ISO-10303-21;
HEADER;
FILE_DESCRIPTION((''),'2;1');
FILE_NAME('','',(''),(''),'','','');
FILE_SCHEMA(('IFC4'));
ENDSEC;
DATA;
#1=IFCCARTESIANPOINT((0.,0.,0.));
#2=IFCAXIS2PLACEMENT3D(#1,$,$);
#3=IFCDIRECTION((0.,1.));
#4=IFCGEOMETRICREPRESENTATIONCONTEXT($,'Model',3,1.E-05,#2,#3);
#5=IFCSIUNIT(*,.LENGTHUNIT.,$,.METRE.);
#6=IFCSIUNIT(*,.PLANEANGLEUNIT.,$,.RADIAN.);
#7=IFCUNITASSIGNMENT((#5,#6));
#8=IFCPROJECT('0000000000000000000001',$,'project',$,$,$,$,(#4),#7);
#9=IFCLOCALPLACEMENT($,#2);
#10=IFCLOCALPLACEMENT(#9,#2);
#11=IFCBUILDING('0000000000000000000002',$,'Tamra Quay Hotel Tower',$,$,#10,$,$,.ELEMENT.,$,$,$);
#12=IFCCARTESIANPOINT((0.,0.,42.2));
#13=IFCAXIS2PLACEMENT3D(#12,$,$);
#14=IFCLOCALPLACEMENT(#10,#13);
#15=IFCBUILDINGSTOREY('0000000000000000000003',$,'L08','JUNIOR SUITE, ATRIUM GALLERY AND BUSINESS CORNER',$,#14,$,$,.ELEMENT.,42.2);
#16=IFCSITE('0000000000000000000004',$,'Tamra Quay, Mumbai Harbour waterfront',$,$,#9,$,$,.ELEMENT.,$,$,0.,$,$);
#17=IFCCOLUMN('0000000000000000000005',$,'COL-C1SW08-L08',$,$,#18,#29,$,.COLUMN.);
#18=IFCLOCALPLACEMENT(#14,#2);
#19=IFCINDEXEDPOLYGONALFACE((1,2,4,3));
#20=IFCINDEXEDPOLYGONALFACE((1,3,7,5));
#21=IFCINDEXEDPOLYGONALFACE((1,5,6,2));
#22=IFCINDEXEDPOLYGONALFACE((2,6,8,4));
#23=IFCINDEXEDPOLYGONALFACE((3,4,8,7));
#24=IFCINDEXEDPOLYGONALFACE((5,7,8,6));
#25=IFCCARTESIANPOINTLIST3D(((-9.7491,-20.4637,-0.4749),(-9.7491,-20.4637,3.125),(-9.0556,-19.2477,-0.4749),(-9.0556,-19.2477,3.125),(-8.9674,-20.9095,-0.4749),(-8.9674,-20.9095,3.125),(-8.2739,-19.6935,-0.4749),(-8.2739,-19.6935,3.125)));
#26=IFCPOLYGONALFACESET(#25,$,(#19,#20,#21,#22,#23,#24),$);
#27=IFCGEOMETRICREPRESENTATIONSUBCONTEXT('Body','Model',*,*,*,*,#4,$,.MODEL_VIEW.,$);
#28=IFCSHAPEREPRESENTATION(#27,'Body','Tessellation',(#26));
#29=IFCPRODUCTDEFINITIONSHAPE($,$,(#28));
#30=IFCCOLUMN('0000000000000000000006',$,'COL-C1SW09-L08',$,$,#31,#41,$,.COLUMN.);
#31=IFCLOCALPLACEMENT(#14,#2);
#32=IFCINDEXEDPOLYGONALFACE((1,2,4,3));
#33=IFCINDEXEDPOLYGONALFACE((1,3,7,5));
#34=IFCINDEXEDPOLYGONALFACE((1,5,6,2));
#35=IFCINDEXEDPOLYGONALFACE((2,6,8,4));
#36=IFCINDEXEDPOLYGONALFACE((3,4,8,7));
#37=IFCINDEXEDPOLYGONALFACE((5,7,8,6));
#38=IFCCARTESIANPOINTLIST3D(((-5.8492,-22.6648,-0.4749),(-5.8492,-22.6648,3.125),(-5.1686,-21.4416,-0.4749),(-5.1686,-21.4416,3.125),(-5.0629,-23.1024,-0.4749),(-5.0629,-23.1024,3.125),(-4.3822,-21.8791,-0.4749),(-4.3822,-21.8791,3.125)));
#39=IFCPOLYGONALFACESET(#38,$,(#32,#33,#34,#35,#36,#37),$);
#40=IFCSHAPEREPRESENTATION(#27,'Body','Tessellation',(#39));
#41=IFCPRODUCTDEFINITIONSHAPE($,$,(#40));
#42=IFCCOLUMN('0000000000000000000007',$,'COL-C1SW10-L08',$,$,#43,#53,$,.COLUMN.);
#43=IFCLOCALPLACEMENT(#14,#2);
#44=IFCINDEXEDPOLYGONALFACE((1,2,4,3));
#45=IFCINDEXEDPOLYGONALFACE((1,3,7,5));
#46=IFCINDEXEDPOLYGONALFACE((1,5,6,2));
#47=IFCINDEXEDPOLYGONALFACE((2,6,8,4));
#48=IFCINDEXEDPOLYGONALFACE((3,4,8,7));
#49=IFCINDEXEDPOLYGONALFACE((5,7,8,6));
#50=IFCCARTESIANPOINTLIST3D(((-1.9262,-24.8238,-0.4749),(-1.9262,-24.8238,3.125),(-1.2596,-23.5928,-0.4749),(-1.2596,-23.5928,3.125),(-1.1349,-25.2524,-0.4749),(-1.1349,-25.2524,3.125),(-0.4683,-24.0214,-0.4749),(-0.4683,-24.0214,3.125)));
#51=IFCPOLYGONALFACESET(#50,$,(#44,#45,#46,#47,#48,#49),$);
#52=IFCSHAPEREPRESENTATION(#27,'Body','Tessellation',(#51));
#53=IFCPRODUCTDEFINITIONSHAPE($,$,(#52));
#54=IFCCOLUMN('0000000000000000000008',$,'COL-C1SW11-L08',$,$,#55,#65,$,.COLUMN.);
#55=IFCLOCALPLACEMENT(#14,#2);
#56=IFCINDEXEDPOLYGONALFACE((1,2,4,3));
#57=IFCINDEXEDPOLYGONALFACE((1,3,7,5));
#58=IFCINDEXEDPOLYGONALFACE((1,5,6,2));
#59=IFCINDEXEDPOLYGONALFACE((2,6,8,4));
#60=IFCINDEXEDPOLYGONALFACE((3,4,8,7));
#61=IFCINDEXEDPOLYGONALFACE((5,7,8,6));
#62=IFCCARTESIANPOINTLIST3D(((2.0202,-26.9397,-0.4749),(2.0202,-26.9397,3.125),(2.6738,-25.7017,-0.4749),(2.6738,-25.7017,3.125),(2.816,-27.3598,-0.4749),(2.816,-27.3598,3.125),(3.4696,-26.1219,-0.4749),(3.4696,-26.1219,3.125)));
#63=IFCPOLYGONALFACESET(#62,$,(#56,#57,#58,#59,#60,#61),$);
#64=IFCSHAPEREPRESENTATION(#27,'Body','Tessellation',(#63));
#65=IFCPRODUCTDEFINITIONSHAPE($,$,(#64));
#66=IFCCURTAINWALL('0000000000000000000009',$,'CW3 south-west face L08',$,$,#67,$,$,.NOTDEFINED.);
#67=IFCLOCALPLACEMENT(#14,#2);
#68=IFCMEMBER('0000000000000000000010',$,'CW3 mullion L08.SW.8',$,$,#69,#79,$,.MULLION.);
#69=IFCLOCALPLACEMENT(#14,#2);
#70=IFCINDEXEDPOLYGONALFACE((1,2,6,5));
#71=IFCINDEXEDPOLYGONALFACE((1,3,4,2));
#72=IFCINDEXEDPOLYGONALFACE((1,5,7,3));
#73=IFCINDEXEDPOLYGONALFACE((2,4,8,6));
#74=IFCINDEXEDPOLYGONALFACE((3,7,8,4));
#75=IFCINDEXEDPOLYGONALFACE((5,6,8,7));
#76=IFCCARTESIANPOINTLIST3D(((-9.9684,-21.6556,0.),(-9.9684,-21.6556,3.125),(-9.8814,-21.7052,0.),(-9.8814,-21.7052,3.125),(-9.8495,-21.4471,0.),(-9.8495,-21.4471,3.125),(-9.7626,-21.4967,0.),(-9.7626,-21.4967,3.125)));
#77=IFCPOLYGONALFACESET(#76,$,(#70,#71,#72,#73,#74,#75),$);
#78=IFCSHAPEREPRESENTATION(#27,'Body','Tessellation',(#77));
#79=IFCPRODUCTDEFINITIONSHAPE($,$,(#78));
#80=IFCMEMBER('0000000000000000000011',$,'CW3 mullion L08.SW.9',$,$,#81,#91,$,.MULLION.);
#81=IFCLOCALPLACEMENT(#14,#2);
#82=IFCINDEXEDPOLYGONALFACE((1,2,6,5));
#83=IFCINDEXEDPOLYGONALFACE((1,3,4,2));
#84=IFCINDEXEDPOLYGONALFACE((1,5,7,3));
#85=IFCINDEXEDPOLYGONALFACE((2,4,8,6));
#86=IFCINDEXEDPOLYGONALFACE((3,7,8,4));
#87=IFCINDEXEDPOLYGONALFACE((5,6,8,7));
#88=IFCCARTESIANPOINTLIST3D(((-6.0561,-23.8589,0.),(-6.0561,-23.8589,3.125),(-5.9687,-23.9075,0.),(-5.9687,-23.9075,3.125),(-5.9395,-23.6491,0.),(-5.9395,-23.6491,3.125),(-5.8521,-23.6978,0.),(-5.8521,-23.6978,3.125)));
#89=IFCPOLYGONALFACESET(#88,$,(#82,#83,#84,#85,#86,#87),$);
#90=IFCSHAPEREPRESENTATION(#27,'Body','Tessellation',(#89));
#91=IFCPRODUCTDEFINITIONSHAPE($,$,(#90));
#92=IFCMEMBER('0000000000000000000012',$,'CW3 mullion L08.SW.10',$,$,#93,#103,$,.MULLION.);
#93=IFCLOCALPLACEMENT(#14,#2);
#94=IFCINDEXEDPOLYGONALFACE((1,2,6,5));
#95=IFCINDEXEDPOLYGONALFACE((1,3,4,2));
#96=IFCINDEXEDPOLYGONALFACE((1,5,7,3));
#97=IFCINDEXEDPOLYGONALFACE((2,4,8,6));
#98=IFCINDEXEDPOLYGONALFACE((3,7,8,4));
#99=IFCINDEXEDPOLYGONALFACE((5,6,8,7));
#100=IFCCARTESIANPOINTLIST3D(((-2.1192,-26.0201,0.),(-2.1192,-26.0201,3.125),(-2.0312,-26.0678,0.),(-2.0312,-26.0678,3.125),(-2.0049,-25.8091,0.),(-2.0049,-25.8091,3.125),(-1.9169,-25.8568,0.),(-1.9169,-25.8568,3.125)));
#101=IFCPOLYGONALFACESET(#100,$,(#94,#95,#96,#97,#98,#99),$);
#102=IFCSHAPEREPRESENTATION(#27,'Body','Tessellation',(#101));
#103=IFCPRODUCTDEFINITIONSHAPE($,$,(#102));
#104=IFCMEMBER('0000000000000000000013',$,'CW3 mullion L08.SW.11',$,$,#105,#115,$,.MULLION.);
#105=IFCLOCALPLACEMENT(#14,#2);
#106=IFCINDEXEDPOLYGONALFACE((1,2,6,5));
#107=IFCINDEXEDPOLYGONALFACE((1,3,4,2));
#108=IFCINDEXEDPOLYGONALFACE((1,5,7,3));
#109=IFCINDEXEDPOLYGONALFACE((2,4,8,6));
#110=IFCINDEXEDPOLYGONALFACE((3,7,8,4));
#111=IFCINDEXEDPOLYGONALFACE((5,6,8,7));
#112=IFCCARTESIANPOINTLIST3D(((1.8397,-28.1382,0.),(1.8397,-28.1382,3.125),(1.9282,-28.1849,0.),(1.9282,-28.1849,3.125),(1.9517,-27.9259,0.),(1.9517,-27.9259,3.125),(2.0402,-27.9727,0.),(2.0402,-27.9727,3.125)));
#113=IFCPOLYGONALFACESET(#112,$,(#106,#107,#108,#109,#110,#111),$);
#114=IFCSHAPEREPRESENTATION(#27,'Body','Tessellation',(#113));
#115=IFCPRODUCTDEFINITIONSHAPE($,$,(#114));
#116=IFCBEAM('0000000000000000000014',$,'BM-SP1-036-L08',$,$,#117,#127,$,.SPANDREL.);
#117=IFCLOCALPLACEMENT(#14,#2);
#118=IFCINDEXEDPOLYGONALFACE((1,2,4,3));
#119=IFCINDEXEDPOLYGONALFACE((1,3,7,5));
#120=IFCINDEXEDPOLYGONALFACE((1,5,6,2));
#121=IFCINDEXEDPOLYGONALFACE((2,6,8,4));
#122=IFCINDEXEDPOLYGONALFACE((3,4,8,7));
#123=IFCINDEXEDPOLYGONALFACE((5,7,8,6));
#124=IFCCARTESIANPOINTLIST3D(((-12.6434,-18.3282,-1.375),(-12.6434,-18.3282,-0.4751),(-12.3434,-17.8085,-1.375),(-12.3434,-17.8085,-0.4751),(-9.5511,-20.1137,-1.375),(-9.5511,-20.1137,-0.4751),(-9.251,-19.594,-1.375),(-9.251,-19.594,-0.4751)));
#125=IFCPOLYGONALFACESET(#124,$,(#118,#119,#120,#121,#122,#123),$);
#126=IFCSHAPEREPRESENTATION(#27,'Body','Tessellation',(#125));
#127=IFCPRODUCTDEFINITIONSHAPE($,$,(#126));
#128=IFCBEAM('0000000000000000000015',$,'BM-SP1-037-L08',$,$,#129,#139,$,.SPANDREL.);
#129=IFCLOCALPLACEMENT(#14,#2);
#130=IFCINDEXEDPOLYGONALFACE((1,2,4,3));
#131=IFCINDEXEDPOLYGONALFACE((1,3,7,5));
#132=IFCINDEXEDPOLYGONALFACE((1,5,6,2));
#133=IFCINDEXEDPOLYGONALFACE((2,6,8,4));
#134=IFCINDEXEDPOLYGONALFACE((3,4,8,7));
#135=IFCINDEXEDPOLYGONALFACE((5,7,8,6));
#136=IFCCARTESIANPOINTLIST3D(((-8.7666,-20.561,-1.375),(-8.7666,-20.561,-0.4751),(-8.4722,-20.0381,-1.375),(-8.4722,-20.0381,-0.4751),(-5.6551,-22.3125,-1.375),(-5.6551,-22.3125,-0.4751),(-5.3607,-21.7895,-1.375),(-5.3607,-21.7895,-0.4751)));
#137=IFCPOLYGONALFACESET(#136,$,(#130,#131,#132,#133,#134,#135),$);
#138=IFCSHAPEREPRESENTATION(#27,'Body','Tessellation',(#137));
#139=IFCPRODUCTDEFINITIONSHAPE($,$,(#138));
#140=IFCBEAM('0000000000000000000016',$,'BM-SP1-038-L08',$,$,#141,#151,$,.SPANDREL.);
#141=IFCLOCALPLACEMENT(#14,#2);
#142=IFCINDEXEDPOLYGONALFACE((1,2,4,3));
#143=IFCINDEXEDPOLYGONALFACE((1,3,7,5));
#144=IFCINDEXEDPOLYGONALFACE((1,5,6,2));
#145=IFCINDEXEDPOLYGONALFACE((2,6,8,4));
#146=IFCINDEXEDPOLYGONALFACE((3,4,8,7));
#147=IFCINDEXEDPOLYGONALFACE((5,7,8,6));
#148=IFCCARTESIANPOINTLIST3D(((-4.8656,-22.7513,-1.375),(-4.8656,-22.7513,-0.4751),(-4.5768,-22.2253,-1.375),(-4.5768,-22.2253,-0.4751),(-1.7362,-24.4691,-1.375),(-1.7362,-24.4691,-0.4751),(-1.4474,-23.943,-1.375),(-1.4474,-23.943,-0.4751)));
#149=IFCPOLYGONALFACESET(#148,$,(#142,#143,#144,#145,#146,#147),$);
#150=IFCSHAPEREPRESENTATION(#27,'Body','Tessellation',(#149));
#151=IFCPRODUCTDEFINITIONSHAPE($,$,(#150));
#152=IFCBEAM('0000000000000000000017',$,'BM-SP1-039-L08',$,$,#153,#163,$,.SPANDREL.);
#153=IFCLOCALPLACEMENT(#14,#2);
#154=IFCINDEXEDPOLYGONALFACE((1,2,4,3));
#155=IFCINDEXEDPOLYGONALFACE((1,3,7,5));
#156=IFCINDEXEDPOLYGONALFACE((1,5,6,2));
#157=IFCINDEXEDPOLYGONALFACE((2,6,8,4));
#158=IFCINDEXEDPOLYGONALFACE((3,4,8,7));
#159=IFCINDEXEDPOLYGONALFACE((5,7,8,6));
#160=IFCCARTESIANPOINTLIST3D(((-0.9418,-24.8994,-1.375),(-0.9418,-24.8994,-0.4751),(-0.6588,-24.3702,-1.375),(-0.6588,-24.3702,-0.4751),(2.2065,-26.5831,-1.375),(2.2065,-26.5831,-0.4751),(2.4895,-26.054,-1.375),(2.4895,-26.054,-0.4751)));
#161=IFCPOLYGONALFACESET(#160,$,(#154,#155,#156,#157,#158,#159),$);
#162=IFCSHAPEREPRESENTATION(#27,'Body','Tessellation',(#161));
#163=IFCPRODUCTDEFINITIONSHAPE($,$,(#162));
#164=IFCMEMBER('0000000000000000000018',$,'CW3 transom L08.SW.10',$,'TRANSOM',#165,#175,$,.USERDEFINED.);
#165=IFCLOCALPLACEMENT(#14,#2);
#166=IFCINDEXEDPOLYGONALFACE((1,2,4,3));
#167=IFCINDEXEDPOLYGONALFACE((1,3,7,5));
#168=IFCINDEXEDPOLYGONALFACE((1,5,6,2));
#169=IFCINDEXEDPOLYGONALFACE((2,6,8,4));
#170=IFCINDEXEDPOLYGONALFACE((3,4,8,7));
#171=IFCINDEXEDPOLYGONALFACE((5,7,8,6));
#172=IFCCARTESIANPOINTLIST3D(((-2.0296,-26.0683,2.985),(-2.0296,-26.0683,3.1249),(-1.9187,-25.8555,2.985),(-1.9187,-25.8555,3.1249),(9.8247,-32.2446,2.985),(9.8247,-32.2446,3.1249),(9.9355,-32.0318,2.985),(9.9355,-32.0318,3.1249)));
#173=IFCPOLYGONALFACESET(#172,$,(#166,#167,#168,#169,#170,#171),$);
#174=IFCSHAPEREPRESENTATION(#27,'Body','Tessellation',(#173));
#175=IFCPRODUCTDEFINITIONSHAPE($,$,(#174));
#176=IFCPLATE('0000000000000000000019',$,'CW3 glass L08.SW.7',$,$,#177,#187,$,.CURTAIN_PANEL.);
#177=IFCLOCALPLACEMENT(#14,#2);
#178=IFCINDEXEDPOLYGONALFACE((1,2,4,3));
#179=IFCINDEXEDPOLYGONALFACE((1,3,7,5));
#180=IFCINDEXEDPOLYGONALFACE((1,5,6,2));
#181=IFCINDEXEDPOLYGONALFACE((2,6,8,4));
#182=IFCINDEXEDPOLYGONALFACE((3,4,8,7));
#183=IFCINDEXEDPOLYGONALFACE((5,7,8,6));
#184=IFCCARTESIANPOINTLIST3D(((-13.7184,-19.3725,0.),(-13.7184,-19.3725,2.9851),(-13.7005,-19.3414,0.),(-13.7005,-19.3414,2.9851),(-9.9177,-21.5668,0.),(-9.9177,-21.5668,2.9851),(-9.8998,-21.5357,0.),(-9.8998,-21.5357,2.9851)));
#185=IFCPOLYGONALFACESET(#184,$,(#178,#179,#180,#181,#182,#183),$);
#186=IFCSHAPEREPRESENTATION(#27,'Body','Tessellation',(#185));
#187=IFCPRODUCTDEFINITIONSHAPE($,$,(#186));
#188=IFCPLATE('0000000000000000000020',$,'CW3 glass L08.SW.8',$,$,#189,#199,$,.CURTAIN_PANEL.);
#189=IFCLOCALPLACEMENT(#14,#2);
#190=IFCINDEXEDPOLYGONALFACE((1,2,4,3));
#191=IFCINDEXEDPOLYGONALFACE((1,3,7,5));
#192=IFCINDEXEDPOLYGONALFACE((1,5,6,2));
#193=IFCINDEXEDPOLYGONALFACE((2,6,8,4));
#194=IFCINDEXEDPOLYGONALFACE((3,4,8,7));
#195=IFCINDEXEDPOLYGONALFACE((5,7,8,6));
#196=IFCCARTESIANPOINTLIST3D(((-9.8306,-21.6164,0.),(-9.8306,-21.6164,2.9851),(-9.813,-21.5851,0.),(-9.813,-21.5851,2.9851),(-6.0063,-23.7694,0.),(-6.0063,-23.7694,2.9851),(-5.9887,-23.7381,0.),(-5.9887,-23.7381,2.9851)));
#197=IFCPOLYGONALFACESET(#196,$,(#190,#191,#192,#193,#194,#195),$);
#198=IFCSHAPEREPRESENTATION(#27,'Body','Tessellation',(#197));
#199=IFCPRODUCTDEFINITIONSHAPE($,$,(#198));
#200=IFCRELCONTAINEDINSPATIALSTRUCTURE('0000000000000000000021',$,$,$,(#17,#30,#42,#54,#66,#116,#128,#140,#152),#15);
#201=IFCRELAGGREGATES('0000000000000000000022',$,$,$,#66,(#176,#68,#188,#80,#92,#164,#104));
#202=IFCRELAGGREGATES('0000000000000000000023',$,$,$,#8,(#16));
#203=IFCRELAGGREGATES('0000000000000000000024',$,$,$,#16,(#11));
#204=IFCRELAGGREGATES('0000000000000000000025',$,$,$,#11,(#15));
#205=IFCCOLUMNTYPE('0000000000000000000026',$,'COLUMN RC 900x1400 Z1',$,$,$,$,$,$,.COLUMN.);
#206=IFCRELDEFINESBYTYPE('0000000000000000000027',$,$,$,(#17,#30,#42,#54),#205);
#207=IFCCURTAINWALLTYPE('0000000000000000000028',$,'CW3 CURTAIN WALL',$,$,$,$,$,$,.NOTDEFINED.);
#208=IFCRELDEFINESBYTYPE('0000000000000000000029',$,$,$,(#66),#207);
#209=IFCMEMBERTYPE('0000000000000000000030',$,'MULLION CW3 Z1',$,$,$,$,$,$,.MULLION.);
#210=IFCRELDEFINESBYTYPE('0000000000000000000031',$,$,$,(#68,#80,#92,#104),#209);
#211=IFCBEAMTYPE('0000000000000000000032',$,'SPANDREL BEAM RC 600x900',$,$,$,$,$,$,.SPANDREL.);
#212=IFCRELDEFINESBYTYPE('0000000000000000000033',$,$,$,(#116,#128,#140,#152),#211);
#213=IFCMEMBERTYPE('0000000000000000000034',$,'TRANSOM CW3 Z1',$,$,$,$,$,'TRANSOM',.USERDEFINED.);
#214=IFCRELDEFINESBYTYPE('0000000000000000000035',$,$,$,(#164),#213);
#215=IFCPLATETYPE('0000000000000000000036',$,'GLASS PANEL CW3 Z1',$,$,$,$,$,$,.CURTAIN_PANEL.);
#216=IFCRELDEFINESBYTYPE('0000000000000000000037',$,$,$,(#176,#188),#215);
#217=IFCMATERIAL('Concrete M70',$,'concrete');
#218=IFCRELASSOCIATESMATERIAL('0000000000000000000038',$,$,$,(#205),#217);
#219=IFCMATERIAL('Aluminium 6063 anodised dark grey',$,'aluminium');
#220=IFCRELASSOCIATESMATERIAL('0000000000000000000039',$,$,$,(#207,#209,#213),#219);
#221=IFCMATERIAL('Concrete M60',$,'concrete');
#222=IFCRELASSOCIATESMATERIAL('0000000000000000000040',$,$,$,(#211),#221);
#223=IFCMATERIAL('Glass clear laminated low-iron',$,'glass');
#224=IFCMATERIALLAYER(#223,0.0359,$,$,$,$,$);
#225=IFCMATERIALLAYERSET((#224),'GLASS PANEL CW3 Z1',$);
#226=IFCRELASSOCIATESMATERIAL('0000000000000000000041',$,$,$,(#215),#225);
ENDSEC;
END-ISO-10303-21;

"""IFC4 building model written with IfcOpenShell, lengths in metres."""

from ifc_helpers import new_model, si_unit, direction, frame, origin, origin_2d, place, context, subcontext, project, spatial, rectangle, extrude, material, layer, layer_set, material_profile, profile_set, type_object, element, aggregate, save


model = new_model("IFC4")

# Units and contexts
model_context = context("Model", 3, precision=1e-05, world=origin(), true_north=direction((0.0, 1.0)))
body_context = subcontext(model_context, "Body", "Model", "MODEL_VIEW")
ifc_project = project(units=[si_unit("LENGTHUNIT", "METRE"), si_unit("PLANEANGLEUNIT", "RADIAN")], contexts=[model_context])

# Site, building, storey
site_placement = place(None, origin())
site = spatial("IfcSite", under=ifc_project, at=site_placement, Name="Tamra Quay, Mumbai Harbour waterfront", CompositionType="ELEMENT", RefElevation=0.0)
building_placement = place(site_placement, origin())
building = spatial("IfcBuilding", under=site, at=building_placement, Name="Tamra Quay Hotel Tower", CompositionType="ELEMENT")
storey_placement = place(building_placement, frame((0.0, 0.0, 42.2)))
storey = spatial("IfcBuildingStorey", under=building, at=storey_placement, Name="L08", Description="JUNIOR SUITE, ATRIUM GALLERY AND BUSINESS CORNER", CompositionType="ELEMENT", Elevation=42.2)

# Columns
ifc_material_1 = material(Name="Concrete M70", Category="concrete")
ifc_material_profile_1 = material_profile(ifc_material_1, rectangle(XDim=1.3999, YDim=0.8999, at=origin_2d()), Name="COLUMN RC 900x1400 Z1")
ifc_profile_set_1 = profile_set([ifc_material_profile_1], Name="Concrete M70")
column_type = type_object("IfcColumnType", Name="COLUMN RC 900x1400 Z1", PredefinedType="COLUMN", material=ifc_profile_set_1)
for number, where, z_axis, x_axis, name in (
    (1, (-9.0115, -20.0786, -0.4749), (0.0, 0.0, 1.0), (0.495421, 0.868653, 0.0), "COL-C1SW08-L08"),
    (2, (-5.1157, -22.272, -0.4749), (0.0, 0.0, 1.0), (0.486221, 0.873836, 0.0), "COL-C1SW09-L08"),
    (3, (-1.1973, -24.4226, -0.4749), (0.0, 0.0, 1.0), (0.476198, 0.879338, 0.0), "COL-C1SW10-L08"),
    (4, (2.7449, -26.5308, -0.4749), (0.0, 0.0, 1.0), (0.466896, 0.884312, 0.0), "COL-C1SW11-L08"),
):
    element("IfcColumn", number, at=place(storey_placement, frame(where, z_axis=z_axis, x_axis=x_axis)), inside=storey, type_object=column_type, Name=name, PredefinedType="COLUMN", context=body_context, shape_type="SweptSolid", body=[
        extrude(rectangle(XDim=1.3999, YDim=0.8999, at=origin_2d()), origin(), (0.0, 0.0, 1.0), 3.5999),
    ])

# Curtain wall, members
ifc_material_2 = material(Name="Aluminium 6063 anodised dark grey", Category="aluminium")
curtain_wall_type = type_object("IfcCurtainWallType", Name="CW3 CURTAIN WALL", PredefinedType="NOTDEFINED", material=ifc_material_2)
curtain_wall_placement = place(storey_placement, origin())
curtain_wall = element("IfcCurtainWall", 5, at=curtain_wall_placement, inside=storey, type_object=curtain_wall_type, Name="CW3 south-west face L08", PredefinedType="NOTDEFINED")
ifc_material_profile_2 = material_profile(ifc_material_2, rectangle(XDim=0.24, YDim=0.1001, at=origin_2d()), Name="MULLION 100X240")
ifc_profile_set_2 = profile_set([ifc_material_profile_2], Name="Aluminium 6063 anodised dark grey")
member_type_1 = type_object("IfcMemberType", Name="MULLION CW3 Z1", PredefinedType="MULLION", material=ifc_profile_set_2)
member_1_placement = place(storey_placement, frame((-9.8655, -21.5762, 0.0), z_axis=(0.0, 0.0, 1.0), x_axis=(-0.4953, -0.868722, 0.0)))
member_1 = element("IfcMember", 6, at=member_1_placement, type_object=member_type_1, Name="CW3 mullion L08.SW.8", PredefinedType="MULLION", context=body_context, shape_type="SweptSolid", body=[
    extrude(rectangle(XDim=0.24, YDim=0.1001, at=origin_2d()), origin(), (0.0, 0.0, 1.0), 3.125),
])
member_2_placement = place(storey_placement, frame((-5.9541, -23.7783, 0.0), z_axis=(0.0, 0.0, 1.0), x_axis=(-0.485863, -0.874035, 0.0)))
member_2 = element("IfcMember", 7, at=member_2_placement, type_object=member_type_1, Name="CW3 mullion L08.SW.9", PredefinedType="MULLION", context=body_context, shape_type="SweptSolid", body=[
    extrude(rectangle(XDim=0.24, YDim=0.1001, at=origin_2d()), origin(), (0.0, 0.0, 1.0), 3.125),
])
member_3_placement = place(storey_placement, frame((-2.0181, -25.9385, 0.0), z_axis=(0.0, 0.0, 1.0), x_axis=(-0.476376, -0.879241, 0.0)))
member_3 = element("IfcMember", 8, at=member_3_placement, type_object=member_type_1, Name="CW3 mullion L08.SW.10", PredefinedType="MULLION", context=body_context, shape_type="SweptSolid", body=[
    extrude(rectangle(XDim=0.24, YDim=0.1001, at=origin_2d()), origin(), (0.0, 0.0, 1.0), 3.125),
])
member_4_placement = place(storey_placement, frame((1.9399, -28.0554, 0.0), z_axis=(0.0, 0.0, 1.0), x_axis=(-0.466835, -0.884344, 0.0)))
member_4 = element("IfcMember", 9, at=member_4_placement, type_object=member_type_1, Name="CW3 mullion L08.SW.11", PredefinedType="MULLION", context=body_context, shape_type="SweptSolid", body=[
    extrude(rectangle(XDim=0.24, YDim=0.1001, at=origin_2d()), origin(), (0.0, 0.0, 1.0), 3.125),
])

# Beams
ifc_material_3 = material(Name="Concrete M60", Category="concrete")
ifc_material_profile_3 = material_profile(ifc_material_3, rectangle(XDim=0.6001, YDim=0.8999, at=origin_2d()), Name="SPANDREL BEAM RC 600x900")
ifc_profile_set_3 = profile_set([ifc_material_profile_3], Name="Concrete M60")
beam_type = type_object("IfcBeamType", Name="SPANDREL BEAM RC 600x900", PredefinedType="SPANDREL", material=ifc_profile_set_3)
beam_1_placement = place(storey_placement, frame((-12.4934, -18.0684, -0.925), z_axis=(0.866017, -0.500014, 0.0), x_axis=(0.500014, 0.866017, 0.0)))
element("IfcBeam", 10, at=beam_1_placement, inside=storey, type_object=beam_type, Name="BM-SP1-036-L08", PredefinedType="SPANDREL", context=body_context, shape_type="SweptSolid", body=[
    extrude(rectangle(XDim=0.6001, YDim=0.8999, at=origin_2d()), origin(), (0.0, 0.0, 1.0), 3.5708),
])
beam_2_placement = place(storey_placement, frame((-8.6194, -20.2996, -0.925), z_axis=(0.871431, -0.490518, 0.0), x_axis=(0.490518, 0.871431, 0.0)))
element("IfcBeam", 11, at=beam_2_placement, inside=storey, type_object=beam_type, Name="BM-SP1-037-L08", PredefinedType="SPANDREL", context=body_context, shape_type="SweptSolid", body=[
    extrude(rectangle(XDim=0.6001, YDim=0.8999, at=origin_2d()), origin(), (0.0, 0.0, 1.0), 3.5706),
])
beam_3_placement = place(storey_placement, frame((-4.7212, -22.4883, -0.925), z_axis=(0.876617, -0.481189, 0.0), x_axis=(0.481189, 0.876617, 0.0)))
element("IfcBeam", 12, at=beam_3_placement, inside=storey, type_object=beam_type, Name="BM-SP1-038-L08", PredefinedType="SPANDREL", context=body_context, shape_type="SweptSolid", body=[
    extrude(rectangle(XDim=0.6001, YDim=0.8999, at=origin_2d()), origin(), (0.0, 0.0, 1.0), 3.5698),
])
beam_4_placement = place(storey_placement, frame((-0.8003, -24.6348, -0.925), z_axis=(0.881809, -0.471607, 0.0), x_axis=(0.471607, 0.881809, 0.0)))
element("IfcBeam", 13, at=beam_4_placement, inside=storey, type_object=beam_type, Name="BM-SP1-039-L08", PredefinedType="SPANDREL", context=body_context, shape_type="SweptSolid", body=[
    extrude(rectangle(XDim=0.6001, YDim=0.8999, at=origin_2d()), origin(), (0.0, 0.0, 1.0), 3.5703),
])

# Member
ifc_material_profile_4 = material_profile(ifc_material_2, rectangle(XDim=0.24, YDim=0.1399, at=origin_2d()), Name="TRANSOM 240X140")
ifc_profile_set_4 = profile_set([ifc_material_profile_4], Name="Aluminium 6063 anodised dark grey")
member_type_2 = type_object("IfcMemberType", Name="TRANSOM CW3 Z1", ElementType="TRANSOM", PredefinedType="USERDEFINED", material=ifc_profile_set_4)
member_5_placement = place(storey_placement, frame((-1.9741, -25.9619, 3.0549), z_axis=(0.886847, -0.462063, 0.0), x_axis=(0.462063, 0.886847, 0.0)))
member_5 = element("IfcMember", 14, at=member_5_placement, type_object=member_type_2, Name="CW3 transom L08.SW.10", ObjectType="TRANSOM", PredefinedType="USERDEFINED", context=body_context, shape_type="SweptSolid", body=[
    extrude(rectangle(XDim=0.24, YDim=0.1399, at=origin_2d()), origin(), (0.0, 0.0, 1.0), 13.3667),
])

# Plates
ifc_material_4 = material(Name="Glass clear laminated low-iron", Category="glass")
ifc_layer_1 = layer(ifc_material_4, 0.0359)
ifc_layer_set_1 = layer_set([ifc_layer_1], Name="GLASS PANEL CW3 Z1")
plate_type = type_object("IfcPlateType", Name="GLASS PANEL CW3 Z1", PredefinedType="CURTAIN_PANEL", material=ifc_layer_set_1)
plate_1_placement = place(storey_placement, frame((-11.8091, -20.4541, 0.0), z_axis=(0.0, 0.0, 1.0), x_axis=(0.866025, -0.5, 0.0)))
plate_1 = element("IfcPlate", 15, at=plate_1_placement, type_object=plate_type, Name="CW3 glass L08.SW.7", PredefinedType="CURTAIN_PANEL", context=body_context, shape_type="SweptSolid", body=[
    extrude(rectangle(XDim=4.3887, YDim=0.0359, at=origin_2d()), origin(), (0.0, 0.0, 1.0), 2.9851),
])
plate_2_placement = place(storey_placement, frame((-7.9097, -22.6772, 0.0), z_axis=(0.0, 0.0, 1.0), x_axis=(0.871393, -0.490586, 0.0)))
plate_2 = element("IfcPlate", 16, at=plate_2_placement, type_object=plate_type, Name="CW3 glass L08.SW.8", PredefinedType="CURTAIN_PANEL", context=body_context, shape_type="SweptSolid", body=[
    extrude(rectangle(XDim=4.3887, YDim=0.0359, at=origin_2d()), origin(), (0.0, 0.0, 1.0), 2.9851),
])
aggregate(curtain_wall, [plate_1, member_1, plate_2, member_2, member_3, member_5, member_4])

save(model, "model.ifc")
